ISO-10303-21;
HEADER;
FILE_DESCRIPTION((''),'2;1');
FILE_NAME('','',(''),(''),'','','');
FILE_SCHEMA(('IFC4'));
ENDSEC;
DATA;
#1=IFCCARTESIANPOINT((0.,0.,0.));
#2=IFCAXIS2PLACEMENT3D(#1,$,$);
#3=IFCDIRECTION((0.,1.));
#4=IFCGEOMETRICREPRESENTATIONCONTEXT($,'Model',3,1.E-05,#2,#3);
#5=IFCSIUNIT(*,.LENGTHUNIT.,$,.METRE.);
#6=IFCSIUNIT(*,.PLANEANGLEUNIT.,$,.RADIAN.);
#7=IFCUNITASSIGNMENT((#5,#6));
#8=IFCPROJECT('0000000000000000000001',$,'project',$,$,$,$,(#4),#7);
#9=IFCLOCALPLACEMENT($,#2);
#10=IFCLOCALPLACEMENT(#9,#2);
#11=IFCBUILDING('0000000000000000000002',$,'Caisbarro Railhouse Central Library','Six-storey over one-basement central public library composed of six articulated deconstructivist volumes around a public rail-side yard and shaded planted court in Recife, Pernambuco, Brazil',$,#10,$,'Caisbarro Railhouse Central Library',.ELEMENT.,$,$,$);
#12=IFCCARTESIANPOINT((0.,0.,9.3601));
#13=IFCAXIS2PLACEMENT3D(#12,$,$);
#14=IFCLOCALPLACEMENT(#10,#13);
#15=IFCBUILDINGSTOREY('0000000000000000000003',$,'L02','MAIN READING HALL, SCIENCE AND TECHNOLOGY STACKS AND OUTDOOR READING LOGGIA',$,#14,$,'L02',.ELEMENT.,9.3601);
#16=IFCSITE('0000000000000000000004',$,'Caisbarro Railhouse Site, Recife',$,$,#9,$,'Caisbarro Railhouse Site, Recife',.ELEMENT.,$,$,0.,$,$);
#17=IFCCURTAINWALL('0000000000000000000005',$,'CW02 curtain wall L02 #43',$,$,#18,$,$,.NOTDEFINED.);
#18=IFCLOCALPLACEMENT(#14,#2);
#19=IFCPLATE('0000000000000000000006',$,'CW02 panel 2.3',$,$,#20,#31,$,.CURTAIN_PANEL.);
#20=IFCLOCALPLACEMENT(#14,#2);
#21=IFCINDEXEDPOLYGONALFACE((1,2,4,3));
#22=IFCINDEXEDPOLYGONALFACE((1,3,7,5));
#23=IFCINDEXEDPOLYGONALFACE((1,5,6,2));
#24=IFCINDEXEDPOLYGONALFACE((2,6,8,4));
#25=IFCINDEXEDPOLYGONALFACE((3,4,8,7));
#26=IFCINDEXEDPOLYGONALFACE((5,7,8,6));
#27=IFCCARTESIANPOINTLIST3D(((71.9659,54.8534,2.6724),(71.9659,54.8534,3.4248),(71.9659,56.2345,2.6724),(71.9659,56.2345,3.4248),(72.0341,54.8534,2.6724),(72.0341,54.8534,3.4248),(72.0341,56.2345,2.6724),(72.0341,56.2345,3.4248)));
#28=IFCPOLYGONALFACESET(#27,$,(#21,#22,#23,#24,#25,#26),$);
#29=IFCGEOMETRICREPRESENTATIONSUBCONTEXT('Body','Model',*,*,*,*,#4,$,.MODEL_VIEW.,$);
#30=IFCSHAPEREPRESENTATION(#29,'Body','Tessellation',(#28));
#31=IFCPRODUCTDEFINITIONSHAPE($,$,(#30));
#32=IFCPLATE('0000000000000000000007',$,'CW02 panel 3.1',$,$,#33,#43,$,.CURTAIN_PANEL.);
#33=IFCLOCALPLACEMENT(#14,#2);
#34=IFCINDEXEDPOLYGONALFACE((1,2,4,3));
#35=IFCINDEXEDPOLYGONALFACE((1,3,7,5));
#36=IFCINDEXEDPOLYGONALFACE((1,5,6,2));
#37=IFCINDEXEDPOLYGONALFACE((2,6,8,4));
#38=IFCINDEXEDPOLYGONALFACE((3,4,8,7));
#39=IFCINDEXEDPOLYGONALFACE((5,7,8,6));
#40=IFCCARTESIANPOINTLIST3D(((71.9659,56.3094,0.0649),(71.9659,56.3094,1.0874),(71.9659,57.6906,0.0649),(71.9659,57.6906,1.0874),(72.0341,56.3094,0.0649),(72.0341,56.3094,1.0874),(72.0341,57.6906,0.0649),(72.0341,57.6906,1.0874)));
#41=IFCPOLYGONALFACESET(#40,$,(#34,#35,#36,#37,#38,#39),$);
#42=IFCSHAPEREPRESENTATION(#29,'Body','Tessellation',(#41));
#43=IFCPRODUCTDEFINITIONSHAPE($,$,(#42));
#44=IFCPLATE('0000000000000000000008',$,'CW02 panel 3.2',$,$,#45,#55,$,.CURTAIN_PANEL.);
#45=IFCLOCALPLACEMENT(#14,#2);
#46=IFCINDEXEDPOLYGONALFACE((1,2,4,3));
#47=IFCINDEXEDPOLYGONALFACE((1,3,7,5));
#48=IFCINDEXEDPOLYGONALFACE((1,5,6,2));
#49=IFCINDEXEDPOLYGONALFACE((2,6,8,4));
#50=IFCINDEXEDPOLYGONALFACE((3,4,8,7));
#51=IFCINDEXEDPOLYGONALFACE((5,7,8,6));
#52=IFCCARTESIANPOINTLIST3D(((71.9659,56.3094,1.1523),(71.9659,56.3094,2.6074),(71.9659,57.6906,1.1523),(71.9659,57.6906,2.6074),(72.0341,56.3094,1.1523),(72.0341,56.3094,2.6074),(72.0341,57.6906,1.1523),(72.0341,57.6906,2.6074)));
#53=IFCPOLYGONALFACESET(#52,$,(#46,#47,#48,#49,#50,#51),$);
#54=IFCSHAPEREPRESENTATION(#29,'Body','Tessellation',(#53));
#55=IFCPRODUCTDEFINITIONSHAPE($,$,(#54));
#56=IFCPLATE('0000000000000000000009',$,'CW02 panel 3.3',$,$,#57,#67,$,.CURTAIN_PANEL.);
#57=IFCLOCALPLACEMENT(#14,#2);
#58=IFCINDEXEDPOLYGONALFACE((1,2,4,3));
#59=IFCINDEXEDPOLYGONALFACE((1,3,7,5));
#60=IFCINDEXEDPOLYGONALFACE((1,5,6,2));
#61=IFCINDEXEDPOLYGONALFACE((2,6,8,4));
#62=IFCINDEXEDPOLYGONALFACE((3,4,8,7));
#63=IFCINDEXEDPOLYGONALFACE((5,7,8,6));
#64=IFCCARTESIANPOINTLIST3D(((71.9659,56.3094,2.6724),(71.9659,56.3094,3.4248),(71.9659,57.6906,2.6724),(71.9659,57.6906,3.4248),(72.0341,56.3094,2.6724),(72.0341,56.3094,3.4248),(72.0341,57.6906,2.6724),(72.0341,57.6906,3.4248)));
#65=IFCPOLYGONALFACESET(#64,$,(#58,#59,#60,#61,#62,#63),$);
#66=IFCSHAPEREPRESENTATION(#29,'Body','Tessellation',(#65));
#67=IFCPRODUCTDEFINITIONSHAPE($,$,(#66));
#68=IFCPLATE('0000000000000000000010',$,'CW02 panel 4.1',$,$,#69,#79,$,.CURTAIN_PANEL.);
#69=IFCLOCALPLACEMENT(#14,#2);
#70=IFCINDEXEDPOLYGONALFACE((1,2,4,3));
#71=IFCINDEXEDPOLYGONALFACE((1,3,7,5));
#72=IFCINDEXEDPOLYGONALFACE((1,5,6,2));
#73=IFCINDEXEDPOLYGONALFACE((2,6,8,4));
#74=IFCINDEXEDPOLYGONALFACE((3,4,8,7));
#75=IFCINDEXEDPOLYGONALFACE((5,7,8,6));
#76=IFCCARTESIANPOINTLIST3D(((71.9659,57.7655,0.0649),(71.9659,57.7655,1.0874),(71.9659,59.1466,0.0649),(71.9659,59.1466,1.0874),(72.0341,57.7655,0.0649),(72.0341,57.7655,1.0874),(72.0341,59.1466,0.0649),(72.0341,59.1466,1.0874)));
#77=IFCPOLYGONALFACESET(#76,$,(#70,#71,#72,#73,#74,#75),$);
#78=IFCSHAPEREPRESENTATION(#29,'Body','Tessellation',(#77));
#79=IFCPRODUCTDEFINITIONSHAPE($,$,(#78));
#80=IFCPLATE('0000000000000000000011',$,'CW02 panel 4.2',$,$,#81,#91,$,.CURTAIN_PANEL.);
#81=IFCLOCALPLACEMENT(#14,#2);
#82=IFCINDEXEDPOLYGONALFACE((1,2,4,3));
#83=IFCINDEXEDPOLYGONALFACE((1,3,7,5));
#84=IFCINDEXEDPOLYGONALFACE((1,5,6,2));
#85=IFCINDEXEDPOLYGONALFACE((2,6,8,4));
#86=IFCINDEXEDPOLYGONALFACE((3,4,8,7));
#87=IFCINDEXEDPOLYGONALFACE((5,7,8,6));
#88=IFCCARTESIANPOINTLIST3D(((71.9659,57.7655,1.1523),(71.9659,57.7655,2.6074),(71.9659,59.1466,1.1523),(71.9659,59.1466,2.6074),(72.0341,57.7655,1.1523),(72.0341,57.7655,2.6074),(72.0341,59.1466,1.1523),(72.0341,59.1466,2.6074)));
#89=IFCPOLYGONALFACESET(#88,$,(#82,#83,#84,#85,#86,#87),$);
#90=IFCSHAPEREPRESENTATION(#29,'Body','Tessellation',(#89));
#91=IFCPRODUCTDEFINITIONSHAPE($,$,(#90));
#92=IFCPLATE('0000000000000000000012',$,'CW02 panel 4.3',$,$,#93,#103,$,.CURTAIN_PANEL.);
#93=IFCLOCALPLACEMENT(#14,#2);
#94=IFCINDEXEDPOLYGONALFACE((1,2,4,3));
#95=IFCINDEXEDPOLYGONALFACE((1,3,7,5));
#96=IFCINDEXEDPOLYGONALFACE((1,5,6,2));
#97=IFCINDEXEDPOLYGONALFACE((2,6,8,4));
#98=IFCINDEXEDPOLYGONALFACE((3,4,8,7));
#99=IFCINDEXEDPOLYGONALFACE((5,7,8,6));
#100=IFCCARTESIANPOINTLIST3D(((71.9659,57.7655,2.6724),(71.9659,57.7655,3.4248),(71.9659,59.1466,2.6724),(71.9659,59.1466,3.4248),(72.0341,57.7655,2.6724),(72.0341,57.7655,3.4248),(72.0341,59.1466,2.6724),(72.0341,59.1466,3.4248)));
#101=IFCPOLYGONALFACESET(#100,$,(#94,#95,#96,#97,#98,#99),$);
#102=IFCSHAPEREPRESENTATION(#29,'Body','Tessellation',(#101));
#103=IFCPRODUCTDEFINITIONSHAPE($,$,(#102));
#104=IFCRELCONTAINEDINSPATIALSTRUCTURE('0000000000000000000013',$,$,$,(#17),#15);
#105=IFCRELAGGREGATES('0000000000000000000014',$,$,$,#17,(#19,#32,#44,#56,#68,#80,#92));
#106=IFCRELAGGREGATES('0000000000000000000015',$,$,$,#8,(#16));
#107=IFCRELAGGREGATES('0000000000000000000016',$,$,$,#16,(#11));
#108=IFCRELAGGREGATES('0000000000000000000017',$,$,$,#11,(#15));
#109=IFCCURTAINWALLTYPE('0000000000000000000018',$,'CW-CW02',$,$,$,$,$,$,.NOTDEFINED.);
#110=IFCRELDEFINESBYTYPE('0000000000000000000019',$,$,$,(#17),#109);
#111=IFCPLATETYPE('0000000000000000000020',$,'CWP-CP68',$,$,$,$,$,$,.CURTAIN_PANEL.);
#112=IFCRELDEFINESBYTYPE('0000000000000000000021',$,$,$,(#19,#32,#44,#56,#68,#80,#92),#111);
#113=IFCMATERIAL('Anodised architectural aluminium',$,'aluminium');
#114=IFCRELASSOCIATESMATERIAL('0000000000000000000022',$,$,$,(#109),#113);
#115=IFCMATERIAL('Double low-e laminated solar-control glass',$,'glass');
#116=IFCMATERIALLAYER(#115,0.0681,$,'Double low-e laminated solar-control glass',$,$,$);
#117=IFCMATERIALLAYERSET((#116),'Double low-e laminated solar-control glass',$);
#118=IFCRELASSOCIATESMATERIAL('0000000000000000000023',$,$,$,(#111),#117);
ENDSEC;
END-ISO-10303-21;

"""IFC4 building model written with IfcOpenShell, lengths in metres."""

from ifc_helpers import new_model, si_unit, direction, frame, origin, origin_2d, place, context, subcontext, project, spatial, rectangle, extrude, material, layer, layer_set, type_object, element, aggregate, save


model = new_model("IFC4")

# Units and contexts
model_context = context("Model", 3, precision=1e-05, world=origin(), true_north=direction((0.0, 1.0)))
body_context = subcontext(model_context, "Body", "Model", "MODEL_VIEW")
ifc_project = project(units=[si_unit("LENGTHUNIT", "METRE"), si_unit("PLANEANGLEUNIT", "RADIAN")], contexts=[model_context])

# Site, building, storey
site_placement = place(None, origin())
site = spatial("IfcSite", under=ifc_project, at=site_placement, Name="Caisbarro Railhouse Site, Recife", LongName="Caisbarro Railhouse Site, Recife", CompositionType="ELEMENT", RefElevation=0.0)
building_placement = place(site_placement, origin())
building = spatial("IfcBuilding", under=site, at=building_placement, Name="Caisbarro Railhouse Central Library", Description="Six-storey over one-basement central public library composed of six articulated deconstructivist volumes around a public rail-side yard and shaded planted court in Recife, Pernambuco, Brazil", LongName="Caisbarro Railhouse Central Library", CompositionType="ELEMENT")
storey_placement = place(building_placement, frame((0.0, 0.0, 9.3601)))
storey = spatial("IfcBuildingStorey", under=building, at=storey_placement, Name="L02", Description="MAIN READING HALL, SCIENCE AND TECHNOLOGY STACKS AND OUTDOOR READING LOGGIA", LongName="L02", CompositionType="ELEMENT", Elevation=9.3601)

# Curtain wall, plates
ifc_material_1 = material(Name="Anodised architectural aluminium", Category="aluminium")
curtain_wall_type = type_object("IfcCurtainWallType", Name="CW-CW02", PredefinedType="NOTDEFINED", material=ifc_material_1)
curtain_wall_placement = place(storey_placement, origin())
curtain_wall = element("IfcCurtainWall", 1, at=curtain_wall_placement, inside=storey, type_object=curtain_wall_type, Name="CW02 curtain wall L02 #43", PredefinedType="NOTDEFINED")
ifc_material_2 = material(Name="Double low-e laminated solar-control glass", Category="glass")
ifc_layer = layer(ifc_material_2, 0.0681, Name="Double low-e laminated solar-control glass")
ifc_layer_set = layer_set([ifc_layer], Name="Double low-e laminated solar-control glass")
plate_type = type_object("IfcPlateType", Name="CWP-CP68", PredefinedType="CURTAIN_PANEL", material=ifc_layer_set)
plate_1_placement = place(storey_placement, frame((72.0, 55.5439, 2.6724), z_axis=(0.0, 0.0, 1.0), x_axis=(0.0, 1.0, 0.0)))
plate_1 = element("IfcPlate", 2, at=plate_1_placement, type_object=plate_type, Name="CW02 panel 2.3", PredefinedType="CURTAIN_PANEL", context=body_context, shape_type="SweptSolid", body=[
    extrude(rectangle(XDim=1.3811, YDim=0.0681, at=origin_2d()), origin(), (0.0, 0.0, 1.0), 0.7524),
])
plate_2_placement = place(storey_placement, frame((72.0, 57.0, 0.0649), z_axis=(0.0, 0.0, 1.0), x_axis=(0.0, 1.0, 0.0)))
plate_2 = element("IfcPlate", 3, at=plate_2_placement, type_object=plate_type, Name="CW02 panel 3.1", PredefinedType="CURTAIN_PANEL", context=body_context, shape_type="SweptSolid", body=[
    extrude(rectangle(XDim=1.3811, YDim=0.0681, at=origin_2d()), origin(), (0.0, 0.0, 1.0), 1.0225),
])
plate_3_placement = place(storey_placement, frame((72.0, 57.0, 1.1523), z_axis=(0.0, 0.0, 1.0), x_axis=(0.0, 1.0, 0.0)))
plate_3 = element("IfcPlate", 4, at=plate_3_placement, type_object=plate_type, Name="CW02 panel 3.2", PredefinedType="CURTAIN_PANEL", context=body_context, shape_type="SweptSolid", body=[
    extrude(rectangle(XDim=1.3811, YDim=0.0681, at=origin_2d()), origin(), (0.0, 0.0, 1.0), 1.4551),
])
plate_4_placement = place(storey_placement, frame((72.0, 57.0, 2.6724), z_axis=(0.0, 0.0, 1.0), x_axis=(0.0, 1.0, 0.0)))
plate_4 = element("IfcPlate", 5, at=plate_4_placement, type_object=plate_type, Name="CW02 panel 3.3", PredefinedType="CURTAIN_PANEL", context=body_context, shape_type="SweptSolid", body=[
    extrude(rectangle(XDim=1.3811, YDim=0.0681, at=origin_2d()), origin(), (0.0, 0.0, 1.0), 0.7524),
])
plate_5_placement = place(storey_placement, frame((72.0, 58.4561, 0.0649), z_axis=(0.0, 0.0, 1.0), x_axis=(0.0, 1.0, 0.0)))
plate_5 = element("IfcPlate", 6, at=plate_5_placement, type_object=plate_type, Name="CW02 panel 4.1", PredefinedType="CURTAIN_PANEL", context=body_context, shape_type="SweptSolid", body=[
    extrude(rectangle(XDim=1.3811, YDim=0.0681, at=origin_2d()), origin(), (0.0, 0.0, 1.0), 1.0225),
])
plate_6_placement = place(storey_placement, frame((72.0, 58.4561, 1.1523), z_axis=(0.0, 0.0, 1.0), x_axis=(0.0, 1.0, 0.0)))
plate_6 = element("IfcPlate", 7, at=plate_6_placement, type_object=plate_type, Name="CW02 panel 4.2", PredefinedType="CURTAIN_PANEL", context=body_context, shape_type="SweptSolid", body=[
    extrude(rectangle(XDim=1.3811, YDim=0.0681, at=origin_2d()), origin(), (0.0, 0.0, 1.0), 1.4551),
])
plate_7_placement = place(storey_placement, frame((72.0, 58.4561, 2.6724), z_axis=(0.0, 0.0, 1.0), x_axis=(0.0, 1.0, 0.0)))
plate_7 = element("IfcPlate", 8, at=plate_7_placement, type_object=plate_type, Name="CW02 panel 4.3", PredefinedType="CURTAIN_PANEL", context=body_context, shape_type="SweptSolid", body=[
    extrude(rectangle(XDim=1.3811, YDim=0.0681, at=origin_2d()), origin(), (0.0, 0.0, 1.0), 0.7524),
])
aggregate(curtain_wall, [plate_1, plate_2, plate_3, plate_4, plate_5, plate_6, plate_7])

save(model, "model.ifc")
